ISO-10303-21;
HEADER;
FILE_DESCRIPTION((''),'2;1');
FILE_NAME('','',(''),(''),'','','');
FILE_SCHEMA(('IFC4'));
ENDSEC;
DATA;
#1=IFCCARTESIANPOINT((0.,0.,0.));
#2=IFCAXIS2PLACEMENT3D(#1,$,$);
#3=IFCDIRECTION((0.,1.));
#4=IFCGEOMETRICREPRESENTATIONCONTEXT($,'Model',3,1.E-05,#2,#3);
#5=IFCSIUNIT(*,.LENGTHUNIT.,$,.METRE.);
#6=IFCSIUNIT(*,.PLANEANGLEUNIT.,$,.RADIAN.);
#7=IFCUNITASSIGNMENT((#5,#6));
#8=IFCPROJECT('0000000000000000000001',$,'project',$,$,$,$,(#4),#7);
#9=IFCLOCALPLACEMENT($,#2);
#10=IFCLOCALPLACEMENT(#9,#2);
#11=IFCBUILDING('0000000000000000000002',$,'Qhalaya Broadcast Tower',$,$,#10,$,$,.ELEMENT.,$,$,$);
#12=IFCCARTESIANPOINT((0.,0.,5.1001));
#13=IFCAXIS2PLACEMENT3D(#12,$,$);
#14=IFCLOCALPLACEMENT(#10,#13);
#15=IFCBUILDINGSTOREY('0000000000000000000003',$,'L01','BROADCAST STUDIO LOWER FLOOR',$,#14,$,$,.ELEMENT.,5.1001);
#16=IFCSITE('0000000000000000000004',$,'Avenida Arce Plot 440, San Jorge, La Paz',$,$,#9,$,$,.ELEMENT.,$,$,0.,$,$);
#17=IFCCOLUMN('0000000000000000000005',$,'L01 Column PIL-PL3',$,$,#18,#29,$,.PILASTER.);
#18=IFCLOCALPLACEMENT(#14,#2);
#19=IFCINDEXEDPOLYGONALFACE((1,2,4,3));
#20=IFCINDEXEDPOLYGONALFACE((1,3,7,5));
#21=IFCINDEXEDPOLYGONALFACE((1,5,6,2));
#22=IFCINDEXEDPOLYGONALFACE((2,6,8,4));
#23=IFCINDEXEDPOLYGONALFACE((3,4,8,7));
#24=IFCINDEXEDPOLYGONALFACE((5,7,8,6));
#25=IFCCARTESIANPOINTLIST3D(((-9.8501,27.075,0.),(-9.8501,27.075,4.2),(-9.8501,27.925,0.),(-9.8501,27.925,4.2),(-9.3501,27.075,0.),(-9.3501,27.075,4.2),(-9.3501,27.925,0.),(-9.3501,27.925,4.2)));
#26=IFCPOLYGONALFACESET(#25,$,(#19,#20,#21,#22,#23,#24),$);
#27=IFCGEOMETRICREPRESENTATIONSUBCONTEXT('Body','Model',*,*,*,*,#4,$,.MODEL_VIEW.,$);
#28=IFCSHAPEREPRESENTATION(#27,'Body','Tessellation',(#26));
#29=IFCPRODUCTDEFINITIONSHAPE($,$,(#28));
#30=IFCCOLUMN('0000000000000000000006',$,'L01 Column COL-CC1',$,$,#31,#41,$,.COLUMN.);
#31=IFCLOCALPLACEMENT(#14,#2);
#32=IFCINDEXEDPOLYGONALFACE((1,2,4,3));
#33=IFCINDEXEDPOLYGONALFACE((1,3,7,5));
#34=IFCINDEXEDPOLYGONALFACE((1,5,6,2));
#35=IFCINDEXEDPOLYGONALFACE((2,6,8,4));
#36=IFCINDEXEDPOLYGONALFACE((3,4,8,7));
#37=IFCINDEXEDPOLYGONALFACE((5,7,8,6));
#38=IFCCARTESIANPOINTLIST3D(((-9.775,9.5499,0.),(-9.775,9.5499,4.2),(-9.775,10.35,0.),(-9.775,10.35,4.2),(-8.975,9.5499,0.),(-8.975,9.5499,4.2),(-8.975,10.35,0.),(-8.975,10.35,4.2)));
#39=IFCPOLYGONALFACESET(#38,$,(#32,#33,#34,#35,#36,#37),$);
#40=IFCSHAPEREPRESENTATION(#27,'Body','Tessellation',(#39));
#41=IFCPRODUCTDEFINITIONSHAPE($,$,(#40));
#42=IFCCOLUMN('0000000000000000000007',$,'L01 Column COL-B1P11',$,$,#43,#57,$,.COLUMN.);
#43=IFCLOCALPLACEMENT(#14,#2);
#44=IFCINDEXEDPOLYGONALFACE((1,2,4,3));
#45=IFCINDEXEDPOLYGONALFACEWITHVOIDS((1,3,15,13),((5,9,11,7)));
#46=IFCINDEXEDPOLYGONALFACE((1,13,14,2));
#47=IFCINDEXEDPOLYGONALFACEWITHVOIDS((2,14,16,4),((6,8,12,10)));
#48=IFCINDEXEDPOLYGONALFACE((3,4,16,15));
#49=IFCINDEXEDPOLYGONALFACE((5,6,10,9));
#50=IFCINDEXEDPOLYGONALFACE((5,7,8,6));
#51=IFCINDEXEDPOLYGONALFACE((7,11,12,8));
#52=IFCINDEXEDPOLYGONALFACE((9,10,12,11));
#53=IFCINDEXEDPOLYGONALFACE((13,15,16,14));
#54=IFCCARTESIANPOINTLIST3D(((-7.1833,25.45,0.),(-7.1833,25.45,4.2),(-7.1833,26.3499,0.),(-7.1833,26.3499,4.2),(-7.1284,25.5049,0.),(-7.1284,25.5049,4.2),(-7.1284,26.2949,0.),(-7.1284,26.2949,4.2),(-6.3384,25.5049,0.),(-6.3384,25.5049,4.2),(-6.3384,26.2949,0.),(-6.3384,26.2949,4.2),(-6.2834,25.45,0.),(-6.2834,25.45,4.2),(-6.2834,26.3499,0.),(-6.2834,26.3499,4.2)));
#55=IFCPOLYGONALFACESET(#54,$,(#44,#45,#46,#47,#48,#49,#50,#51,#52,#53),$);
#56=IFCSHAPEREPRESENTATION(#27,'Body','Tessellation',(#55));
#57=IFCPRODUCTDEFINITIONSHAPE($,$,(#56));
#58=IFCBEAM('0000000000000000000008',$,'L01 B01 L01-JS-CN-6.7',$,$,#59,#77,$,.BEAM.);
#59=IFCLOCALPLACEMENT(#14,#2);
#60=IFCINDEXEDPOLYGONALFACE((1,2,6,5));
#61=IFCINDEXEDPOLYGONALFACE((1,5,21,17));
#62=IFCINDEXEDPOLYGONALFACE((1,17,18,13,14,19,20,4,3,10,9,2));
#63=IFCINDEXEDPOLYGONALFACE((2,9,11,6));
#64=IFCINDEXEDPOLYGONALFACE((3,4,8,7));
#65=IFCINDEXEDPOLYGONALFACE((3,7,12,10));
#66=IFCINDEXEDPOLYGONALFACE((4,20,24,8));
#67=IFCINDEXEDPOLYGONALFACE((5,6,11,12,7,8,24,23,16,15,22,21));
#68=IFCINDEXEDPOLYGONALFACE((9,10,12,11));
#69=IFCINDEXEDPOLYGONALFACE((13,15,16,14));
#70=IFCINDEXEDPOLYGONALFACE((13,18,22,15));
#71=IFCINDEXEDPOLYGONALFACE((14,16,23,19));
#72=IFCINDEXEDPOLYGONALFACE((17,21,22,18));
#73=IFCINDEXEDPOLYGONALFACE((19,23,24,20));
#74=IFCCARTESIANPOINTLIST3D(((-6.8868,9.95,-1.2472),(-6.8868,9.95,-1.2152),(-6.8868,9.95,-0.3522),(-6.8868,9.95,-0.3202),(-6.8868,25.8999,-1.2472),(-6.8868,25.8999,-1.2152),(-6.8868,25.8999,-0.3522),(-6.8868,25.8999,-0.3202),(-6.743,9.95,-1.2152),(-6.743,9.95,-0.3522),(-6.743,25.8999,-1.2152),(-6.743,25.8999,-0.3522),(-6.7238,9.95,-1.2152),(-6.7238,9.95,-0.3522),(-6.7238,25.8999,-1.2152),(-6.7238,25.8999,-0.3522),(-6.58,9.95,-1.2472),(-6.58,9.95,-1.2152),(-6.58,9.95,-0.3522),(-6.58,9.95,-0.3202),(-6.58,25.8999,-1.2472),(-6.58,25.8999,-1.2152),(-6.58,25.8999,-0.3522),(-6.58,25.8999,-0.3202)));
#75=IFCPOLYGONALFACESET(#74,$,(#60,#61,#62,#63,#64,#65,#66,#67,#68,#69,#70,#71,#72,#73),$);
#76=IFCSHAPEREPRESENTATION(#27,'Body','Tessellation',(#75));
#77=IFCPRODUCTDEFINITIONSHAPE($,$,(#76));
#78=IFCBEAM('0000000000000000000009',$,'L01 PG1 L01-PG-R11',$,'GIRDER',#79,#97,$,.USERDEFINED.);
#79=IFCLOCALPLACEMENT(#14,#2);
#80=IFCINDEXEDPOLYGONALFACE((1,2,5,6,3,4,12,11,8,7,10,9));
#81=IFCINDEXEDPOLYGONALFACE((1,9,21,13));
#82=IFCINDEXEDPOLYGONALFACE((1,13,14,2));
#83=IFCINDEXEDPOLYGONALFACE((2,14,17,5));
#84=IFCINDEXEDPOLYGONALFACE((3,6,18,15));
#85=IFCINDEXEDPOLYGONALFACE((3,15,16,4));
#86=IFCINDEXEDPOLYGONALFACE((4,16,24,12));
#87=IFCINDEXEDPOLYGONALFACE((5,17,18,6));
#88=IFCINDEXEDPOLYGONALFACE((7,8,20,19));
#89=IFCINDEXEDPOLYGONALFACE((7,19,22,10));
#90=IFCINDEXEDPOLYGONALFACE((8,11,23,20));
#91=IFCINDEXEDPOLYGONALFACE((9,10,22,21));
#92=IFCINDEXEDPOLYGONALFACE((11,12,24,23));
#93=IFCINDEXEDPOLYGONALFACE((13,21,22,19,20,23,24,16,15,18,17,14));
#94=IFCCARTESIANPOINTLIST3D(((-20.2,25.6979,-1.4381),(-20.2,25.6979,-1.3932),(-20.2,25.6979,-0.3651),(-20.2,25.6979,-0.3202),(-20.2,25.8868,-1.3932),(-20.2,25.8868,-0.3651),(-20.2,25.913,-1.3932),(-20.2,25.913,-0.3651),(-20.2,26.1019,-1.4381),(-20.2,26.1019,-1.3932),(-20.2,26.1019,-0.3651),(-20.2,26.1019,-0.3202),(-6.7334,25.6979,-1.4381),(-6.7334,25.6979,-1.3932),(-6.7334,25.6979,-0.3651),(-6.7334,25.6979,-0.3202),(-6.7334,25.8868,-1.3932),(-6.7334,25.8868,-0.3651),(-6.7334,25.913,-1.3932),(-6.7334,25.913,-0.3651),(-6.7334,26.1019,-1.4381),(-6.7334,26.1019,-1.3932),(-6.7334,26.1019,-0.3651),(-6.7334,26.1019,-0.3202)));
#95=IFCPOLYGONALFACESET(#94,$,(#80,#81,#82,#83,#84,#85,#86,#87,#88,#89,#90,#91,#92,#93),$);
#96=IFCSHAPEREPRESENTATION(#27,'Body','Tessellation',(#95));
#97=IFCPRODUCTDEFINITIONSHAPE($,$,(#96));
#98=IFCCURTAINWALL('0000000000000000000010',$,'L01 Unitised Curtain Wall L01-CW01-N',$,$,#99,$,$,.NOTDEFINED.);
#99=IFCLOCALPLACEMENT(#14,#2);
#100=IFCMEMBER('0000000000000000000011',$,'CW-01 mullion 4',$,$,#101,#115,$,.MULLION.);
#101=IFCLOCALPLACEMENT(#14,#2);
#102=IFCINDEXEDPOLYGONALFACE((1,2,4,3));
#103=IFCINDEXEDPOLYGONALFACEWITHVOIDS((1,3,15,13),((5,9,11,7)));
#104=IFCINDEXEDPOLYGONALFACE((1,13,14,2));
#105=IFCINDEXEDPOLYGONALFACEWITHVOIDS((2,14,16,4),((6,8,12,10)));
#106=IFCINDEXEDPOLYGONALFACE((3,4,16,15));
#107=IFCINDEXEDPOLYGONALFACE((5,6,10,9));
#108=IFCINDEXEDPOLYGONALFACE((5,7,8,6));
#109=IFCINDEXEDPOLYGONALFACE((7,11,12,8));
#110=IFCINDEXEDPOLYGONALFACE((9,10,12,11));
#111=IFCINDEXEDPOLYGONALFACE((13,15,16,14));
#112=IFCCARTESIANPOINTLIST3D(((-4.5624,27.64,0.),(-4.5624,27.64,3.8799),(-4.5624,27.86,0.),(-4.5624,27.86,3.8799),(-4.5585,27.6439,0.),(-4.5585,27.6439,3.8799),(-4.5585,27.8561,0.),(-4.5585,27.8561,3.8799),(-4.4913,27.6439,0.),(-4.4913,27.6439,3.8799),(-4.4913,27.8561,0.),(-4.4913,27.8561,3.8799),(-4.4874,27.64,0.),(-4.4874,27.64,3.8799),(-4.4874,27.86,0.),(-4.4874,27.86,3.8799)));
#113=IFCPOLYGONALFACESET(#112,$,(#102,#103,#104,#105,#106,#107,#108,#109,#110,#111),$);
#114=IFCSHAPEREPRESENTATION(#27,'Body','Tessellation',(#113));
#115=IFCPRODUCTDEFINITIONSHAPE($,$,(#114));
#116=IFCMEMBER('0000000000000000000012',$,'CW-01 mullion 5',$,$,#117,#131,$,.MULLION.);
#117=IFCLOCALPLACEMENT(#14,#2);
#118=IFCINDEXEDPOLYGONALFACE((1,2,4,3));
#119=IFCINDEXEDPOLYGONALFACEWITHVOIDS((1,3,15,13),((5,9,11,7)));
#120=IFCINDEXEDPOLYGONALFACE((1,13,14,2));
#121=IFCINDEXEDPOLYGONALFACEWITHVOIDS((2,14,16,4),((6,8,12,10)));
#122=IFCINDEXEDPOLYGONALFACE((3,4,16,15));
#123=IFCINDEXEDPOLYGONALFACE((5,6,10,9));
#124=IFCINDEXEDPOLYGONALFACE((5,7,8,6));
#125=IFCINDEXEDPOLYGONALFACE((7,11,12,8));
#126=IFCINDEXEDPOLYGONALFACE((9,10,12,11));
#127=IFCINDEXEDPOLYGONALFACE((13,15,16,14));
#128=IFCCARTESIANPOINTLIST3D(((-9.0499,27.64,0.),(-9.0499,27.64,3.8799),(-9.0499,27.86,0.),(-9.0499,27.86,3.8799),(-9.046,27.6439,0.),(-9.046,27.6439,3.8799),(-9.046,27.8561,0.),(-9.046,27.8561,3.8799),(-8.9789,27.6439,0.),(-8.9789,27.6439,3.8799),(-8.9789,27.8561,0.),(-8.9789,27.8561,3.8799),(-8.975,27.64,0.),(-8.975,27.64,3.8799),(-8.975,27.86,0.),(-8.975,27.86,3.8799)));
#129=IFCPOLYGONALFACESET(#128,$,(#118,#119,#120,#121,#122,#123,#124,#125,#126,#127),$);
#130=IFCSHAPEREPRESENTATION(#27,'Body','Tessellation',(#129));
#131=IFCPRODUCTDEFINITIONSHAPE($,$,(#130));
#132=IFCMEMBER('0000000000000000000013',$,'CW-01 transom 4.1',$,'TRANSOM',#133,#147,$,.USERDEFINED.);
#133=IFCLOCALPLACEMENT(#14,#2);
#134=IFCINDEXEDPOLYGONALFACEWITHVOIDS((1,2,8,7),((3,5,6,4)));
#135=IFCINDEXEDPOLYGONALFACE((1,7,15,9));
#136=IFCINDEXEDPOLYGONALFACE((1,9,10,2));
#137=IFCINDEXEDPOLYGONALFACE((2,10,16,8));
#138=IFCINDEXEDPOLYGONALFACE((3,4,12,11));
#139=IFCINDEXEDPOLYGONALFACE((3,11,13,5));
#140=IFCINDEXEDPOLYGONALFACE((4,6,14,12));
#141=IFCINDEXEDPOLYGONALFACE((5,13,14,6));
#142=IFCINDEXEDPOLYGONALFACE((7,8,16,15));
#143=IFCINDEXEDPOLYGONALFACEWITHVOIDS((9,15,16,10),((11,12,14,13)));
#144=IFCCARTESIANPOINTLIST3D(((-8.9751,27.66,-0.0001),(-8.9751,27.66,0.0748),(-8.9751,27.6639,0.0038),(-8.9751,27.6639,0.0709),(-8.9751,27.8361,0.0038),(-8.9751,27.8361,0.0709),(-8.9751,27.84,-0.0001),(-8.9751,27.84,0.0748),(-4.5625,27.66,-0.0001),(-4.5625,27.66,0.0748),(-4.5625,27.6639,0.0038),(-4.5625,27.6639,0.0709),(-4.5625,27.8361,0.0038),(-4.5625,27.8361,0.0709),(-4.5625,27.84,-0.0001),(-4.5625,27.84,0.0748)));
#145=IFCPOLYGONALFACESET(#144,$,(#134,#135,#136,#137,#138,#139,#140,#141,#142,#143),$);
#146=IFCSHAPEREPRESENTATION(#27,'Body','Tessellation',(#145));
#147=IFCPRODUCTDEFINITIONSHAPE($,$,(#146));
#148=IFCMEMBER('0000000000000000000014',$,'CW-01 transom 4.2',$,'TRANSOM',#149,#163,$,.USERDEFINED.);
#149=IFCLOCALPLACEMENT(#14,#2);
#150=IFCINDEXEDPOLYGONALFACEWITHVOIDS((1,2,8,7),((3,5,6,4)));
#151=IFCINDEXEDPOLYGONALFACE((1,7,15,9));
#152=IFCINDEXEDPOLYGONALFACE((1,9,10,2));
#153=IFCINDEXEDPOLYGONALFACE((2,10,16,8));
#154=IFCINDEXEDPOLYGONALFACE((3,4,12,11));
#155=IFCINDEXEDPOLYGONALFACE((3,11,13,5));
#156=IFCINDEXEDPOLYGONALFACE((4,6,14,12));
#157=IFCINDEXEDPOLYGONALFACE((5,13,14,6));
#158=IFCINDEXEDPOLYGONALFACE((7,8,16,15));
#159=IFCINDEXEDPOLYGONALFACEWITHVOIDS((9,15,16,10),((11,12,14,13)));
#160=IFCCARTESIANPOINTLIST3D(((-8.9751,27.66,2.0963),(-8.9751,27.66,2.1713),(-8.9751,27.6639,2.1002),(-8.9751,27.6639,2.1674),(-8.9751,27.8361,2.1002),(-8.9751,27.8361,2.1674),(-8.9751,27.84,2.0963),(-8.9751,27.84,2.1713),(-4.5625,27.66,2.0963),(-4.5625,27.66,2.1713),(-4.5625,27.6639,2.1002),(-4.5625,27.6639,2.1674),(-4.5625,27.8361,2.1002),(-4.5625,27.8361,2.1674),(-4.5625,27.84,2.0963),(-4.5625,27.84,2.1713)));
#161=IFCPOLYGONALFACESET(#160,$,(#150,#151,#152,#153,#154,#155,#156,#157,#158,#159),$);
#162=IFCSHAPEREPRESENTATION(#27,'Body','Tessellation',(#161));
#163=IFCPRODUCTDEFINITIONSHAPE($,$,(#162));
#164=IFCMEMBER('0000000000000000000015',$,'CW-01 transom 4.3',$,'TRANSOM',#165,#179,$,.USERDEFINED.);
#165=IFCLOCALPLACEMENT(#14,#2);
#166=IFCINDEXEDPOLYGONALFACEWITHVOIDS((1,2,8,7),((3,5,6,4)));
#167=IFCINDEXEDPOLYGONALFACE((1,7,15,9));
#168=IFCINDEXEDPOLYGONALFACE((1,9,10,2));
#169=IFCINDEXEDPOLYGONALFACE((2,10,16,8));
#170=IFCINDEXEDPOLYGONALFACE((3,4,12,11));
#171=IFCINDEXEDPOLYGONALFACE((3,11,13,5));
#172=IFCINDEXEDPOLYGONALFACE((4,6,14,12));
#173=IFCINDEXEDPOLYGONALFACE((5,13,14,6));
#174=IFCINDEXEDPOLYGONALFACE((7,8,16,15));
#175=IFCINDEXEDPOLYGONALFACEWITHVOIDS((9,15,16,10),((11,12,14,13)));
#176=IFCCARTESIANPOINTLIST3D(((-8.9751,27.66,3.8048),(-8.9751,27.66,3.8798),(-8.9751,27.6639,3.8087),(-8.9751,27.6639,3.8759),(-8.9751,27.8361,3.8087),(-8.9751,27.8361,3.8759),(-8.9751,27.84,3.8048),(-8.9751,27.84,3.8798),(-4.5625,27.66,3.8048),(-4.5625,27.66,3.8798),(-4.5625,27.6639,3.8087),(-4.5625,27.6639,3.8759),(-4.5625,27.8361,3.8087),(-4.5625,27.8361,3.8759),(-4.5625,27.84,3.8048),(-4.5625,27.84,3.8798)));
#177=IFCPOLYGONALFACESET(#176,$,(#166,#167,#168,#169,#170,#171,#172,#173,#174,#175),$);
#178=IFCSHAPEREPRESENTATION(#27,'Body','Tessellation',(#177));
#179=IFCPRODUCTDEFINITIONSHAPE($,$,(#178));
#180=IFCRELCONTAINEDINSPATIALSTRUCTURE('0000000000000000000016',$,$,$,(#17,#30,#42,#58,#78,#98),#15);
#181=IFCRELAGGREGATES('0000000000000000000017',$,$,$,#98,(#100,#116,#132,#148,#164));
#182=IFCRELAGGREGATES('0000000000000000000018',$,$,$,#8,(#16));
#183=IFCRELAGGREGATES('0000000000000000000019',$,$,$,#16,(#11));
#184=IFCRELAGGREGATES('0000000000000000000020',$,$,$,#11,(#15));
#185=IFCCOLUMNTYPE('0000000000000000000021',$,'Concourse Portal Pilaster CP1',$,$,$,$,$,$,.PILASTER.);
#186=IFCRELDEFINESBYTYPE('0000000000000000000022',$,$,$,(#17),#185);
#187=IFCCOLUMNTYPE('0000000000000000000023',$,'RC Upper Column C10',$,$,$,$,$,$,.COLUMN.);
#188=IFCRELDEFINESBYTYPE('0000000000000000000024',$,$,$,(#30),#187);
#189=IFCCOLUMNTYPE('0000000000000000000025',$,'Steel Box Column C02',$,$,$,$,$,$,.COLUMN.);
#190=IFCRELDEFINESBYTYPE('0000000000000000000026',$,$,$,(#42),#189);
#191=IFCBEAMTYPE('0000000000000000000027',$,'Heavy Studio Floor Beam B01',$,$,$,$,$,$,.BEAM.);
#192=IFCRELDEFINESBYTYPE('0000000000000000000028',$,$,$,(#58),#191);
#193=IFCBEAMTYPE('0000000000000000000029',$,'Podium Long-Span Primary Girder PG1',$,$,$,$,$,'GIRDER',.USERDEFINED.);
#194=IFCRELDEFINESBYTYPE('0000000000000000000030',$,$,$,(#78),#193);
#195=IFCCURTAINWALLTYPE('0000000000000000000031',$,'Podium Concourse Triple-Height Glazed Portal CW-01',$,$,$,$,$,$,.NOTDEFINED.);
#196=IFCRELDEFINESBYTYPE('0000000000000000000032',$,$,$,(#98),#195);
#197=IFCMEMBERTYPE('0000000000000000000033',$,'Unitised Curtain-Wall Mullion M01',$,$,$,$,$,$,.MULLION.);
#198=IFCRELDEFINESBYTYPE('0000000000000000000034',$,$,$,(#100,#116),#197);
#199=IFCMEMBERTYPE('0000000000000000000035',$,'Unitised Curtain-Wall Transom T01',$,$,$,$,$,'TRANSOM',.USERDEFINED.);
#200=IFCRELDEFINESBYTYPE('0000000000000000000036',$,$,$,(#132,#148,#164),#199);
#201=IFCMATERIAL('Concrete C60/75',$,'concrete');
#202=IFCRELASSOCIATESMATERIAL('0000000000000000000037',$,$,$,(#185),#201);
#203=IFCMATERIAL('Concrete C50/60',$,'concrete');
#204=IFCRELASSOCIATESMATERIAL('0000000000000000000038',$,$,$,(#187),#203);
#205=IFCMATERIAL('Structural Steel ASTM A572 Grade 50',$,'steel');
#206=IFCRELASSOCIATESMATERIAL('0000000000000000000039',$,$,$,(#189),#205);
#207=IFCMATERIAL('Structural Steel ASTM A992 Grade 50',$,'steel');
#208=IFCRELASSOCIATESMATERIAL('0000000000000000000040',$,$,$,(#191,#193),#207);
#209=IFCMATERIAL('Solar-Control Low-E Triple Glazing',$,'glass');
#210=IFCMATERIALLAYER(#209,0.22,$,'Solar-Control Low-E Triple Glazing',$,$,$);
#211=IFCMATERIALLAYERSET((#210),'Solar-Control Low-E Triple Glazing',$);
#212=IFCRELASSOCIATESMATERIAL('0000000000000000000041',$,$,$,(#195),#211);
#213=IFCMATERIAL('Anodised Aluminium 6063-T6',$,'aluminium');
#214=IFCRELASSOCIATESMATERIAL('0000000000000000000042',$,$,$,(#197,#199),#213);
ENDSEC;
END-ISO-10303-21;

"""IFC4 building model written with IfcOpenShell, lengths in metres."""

from ifc_helpers import new_model, si_unit, direction, frame, origin, origin_2d, place, context, subcontext, project, spatial, rectangle, hollow_rectangle, i_section, extrude, material, layer, layer_set, material_profile, profile_set, type_object, element, aggregate, save


model = new_model("IFC4")

# Units and contexts
model_context = context("Model", 3, precision=1e-05, world=origin(), true_north=direction((0.0, 1.0)))
body_context = subcontext(model_context, "Body", "Model", "MODEL_VIEW")
ifc_project = project(units=[si_unit("LENGTHUNIT", "METRE"), si_unit("PLANEANGLEUNIT", "RADIAN")], contexts=[model_context])

# Site, building, storey
site_placement = place(None, origin())
site = spatial("IfcSite", under=ifc_project, at=site_placement, Name="Avenida Arce Plot 440, San Jorge, La Paz", CompositionType="ELEMENT", RefElevation=0.0)
building_placement = place(site_placement, origin())
building = spatial("IfcBuilding", under=site, at=building_placement, Name="Qhalaya Broadcast Tower", CompositionType="ELEMENT")
storey_placement = place(building_placement, frame((0.0, 0.0, 5.1001)))
storey = spatial("IfcBuildingStorey", under=building, at=storey_placement, Name="L01", Description="BROADCAST STUDIO LOWER FLOOR", CompositionType="ELEMENT", Elevation=5.1001)

# Columns
ifc_material_1 = material(Name="Concrete C60/75", Category="concrete")
ifc_material_profile_1 = material_profile(ifc_material_1, rectangle(XDim=0.5, YDim=0.8501, at=origin_2d()), Name="RC-PIL 500x850")
ifc_profile_set_1 = profile_set([ifc_material_profile_1], Name="Concrete C60/75")
column_type_1 = type_object("IfcColumnType", Name="Concourse Portal Pilaster CP1", PredefinedType="PILASTER", material=ifc_profile_set_1)
column_1_placement = place(storey_placement, frame((-9.6001, 27.5, 0.0), z_axis=(0.0, 0.0, 1.0), x_axis=(1.0, 0.0, 0.0)))
element("IfcColumn", 1, at=column_1_placement, inside=storey, type_object=column_type_1, Name="L01 Column PIL-PL3", PredefinedType="PILASTER", context=body_context, shape_type="SweptSolid", body=[
    extrude(rectangle(XDim=0.5, YDim=0.8501, at=origin_2d()), origin(), (0.0, 0.0, 1.0), 4.2),
])
ifc_material_2 = material(Name="Concrete C50/60", Category="concrete")
ifc_material_profile_2 = material_profile(ifc_material_2, rectangle(XDim=0.8, YDim=0.8, at=origin_2d()), Name="RC-COL 800x800")
ifc_profile_set_2 = profile_set([ifc_material_profile_2], Name="Concrete C50/60")
column_type_2 = type_object("IfcColumnType", Name="RC Upper Column C10", PredefinedType="COLUMN", material=ifc_profile_set_2)
column_2_placement = place(storey_placement, frame((-9.375, 9.95, 0.0), z_axis=(0.0, 0.0, 1.0), x_axis=(1.0, 0.0, 0.0)))
element("IfcColumn", 2, at=column_2_placement, inside=storey, type_object=column_type_2, Name="L01 Column COL-CC1", PredefinedType="COLUMN", context=body_context, shape_type="SweptSolid", body=[
    extrude(rectangle(XDim=0.8, YDim=0.8, at=origin_2d()), origin(), (0.0, 0.0, 1.0), 4.2),
])
ifc_material_3 = material(Name="Structural Steel ASTM A572 Grade 50", Category="steel")
ifc_material_profile_3 = material_profile(ifc_material_3, hollow_rectangle(XDim=0.8999, YDim=0.8999, WallThickness=0.0549, at=origin_2d()), Name="BOX 900x900x55")
ifc_profile_set_3 = profile_set([ifc_material_profile_3], Name="Structural Steel ASTM A572 Grade 50")
column_type_3 = type_object("IfcColumnType", Name="Steel Box Column C02", PredefinedType="COLUMN", material=ifc_profile_set_3)
column_3_placement = place(storey_placement, frame((-6.7334, 25.8999, 0.0), z_axis=(0.0, 0.0, 1.0), x_axis=(1.0, 0.0, 0.0)))
element("IfcColumn", 3, at=column_3_placement, inside=storey, type_object=column_type_3, Name="L01 Column COL-B1P11", PredefinedType="COLUMN", context=body_context, shape_type="SweptSolid", body=[
    extrude(hollow_rectangle(XDim=0.8999, YDim=0.8999, WallThickness=0.0549, at=origin_2d()), origin(), (0.0, 0.0, 1.0), 4.2),
])

# Beams
ifc_material_4 = material(Name="Structural Steel ASTM A992 Grade 50", Category="steel")
ifc_material_profile_4 = material_profile(ifc_material_4, i_section(OverallWidth=0.3069, OverallDepth=0.927, WebThickness=0.0193, FlangeThickness=0.032, at=origin_2d()), Name="W36X194")
ifc_profile_set_4 = profile_set([ifc_material_profile_4], Name="Structural Steel ASTM A992 Grade 50")
beam_type_1 = type_object("IfcBeamType", Name="Heavy Studio Floor Beam B01", PredefinedType="BEAM", material=ifc_profile_set_4)
beam_1_placement = place(storey_placement, frame((-6.7334, 9.95, -0.7837), z_axis=(0.0, 1.0, 0.0), x_axis=(-1.0, 0.0, 0.0)))
element("IfcBeam", 4, at=beam_1_placement, inside=storey, type_object=beam_type_1, Name="L01 B01 L01-JS-CN-6.7", PredefinedType="BEAM", context=body_context, shape_type="SweptSolid", body=[
    extrude(i_section(OverallWidth=0.3069, OverallDepth=0.927, WebThickness=0.0193, FlangeThickness=0.032, at=origin_2d()), origin(), (0.0, 0.0, 1.0), 15.95),
])
ifc_material_profile_5 = material_profile(ifc_material_4, i_section(OverallWidth=0.4041, OverallDepth=1.1179, WebThickness=0.0261, FlangeThickness=0.0449, at=origin_2d()), Name="W44X335")
ifc_profile_set_5 = profile_set([ifc_material_profile_5], Name="Structural Steel ASTM A992 Grade 50")
beam_type_2 = type_object("IfcBeamType", Name="Podium Long-Span Primary Girder PG1", ElementType="GIRDER", PredefinedType="USERDEFINED", material=ifc_profile_set_5)
beam_2_placement = place(storey_placement, frame((-6.7334, 25.8999, -0.8792), z_axis=(-1.0, 0.0, 0.0), x_axis=(0.0, -1.0, 0.0)))
element("IfcBeam", 5, at=beam_2_placement, inside=storey, type_object=beam_type_2, Name="L01 PG1 L01-PG-R11", ObjectType="GIRDER", PredefinedType="USERDEFINED", context=body_context, shape_type="SweptSolid", body=[
    extrude(i_section(OverallWidth=0.4041, OverallDepth=1.1179, WebThickness=0.0261, FlangeThickness=0.0449, at=origin_2d()), origin(), (0.0, 0.0, 1.0), 13.4666),
])

# Curtain wall, members
ifc_material_5 = material(Name="Solar-Control Low-E Triple Glazing", Category="glass")
ifc_layer_1 = layer(ifc_material_5, 0.22, Name="Solar-Control Low-E Triple Glazing")
ifc_layer_set_1 = layer_set([ifc_layer_1], Name="Solar-Control Low-E Triple Glazing")
curtain_wall_type = type_object("IfcCurtainWallType", Name="Podium Concourse Triple-Height Glazed Portal CW-01", PredefinedType="NOTDEFINED", material=ifc_layer_set_1)
curtain_wall_placement = place(storey_placement, origin())
curtain_wall = element("IfcCurtainWall", 6, at=curtain_wall_placement, inside=storey, type_object=curtain_wall_type, Name="L01 Unitised Curtain Wall L01-CW01-N", PredefinedType="NOTDEFINED")
ifc_material_6 = material(Name="Anodised Aluminium 6063-T6", Category="aluminium")
ifc_material_profile_6 = material_profile(ifc_material_6, hollow_rectangle(XDim=0.075, YDim=0.22, WallThickness=0.0039, at=origin_2d()), Name="ALU-MUL 75x220x4")
ifc_profile_set_6 = profile_set([ifc_material_profile_6], Name="Anodised Aluminium 6063-T6")
member_type_1 = type_object("IfcMemberType", Name="Unitised Curtain-Wall Mullion M01", PredefinedType="MULLION", material=ifc_profile_set_6)
member_1_placement = place(storey_placement, frame((-4.5249, 27.75, 0.0), z_axis=(0.0, 0.0, 1.0), x_axis=(-1.0, 0.0, 0.0)))
member_1 = element("IfcMember", 7, at=member_1_placement, type_object=member_type_1, Name="CW-01 mullion 4", PredefinedType="MULLION", context=body_context, shape_type="SweptSolid", body=[
    extrude(hollow_rectangle(XDim=0.075, YDim=0.22, WallThickness=0.0039, at=origin_2d()), origin(), (0.0, 0.0, 1.0), 3.8799),
])
member_2_placement = place(storey_placement, frame((-9.0125, 27.75, 0.0), z_axis=(0.0, 0.0, 1.0), x_axis=(-1.0, 0.0, 0.0)))
member_2 = element("IfcMember", 8, at=member_2_placement, type_object=member_type_1, Name="CW-01 mullion 5", PredefinedType="MULLION", context=body_context, shape_type="SweptSolid", body=[
    extrude(hollow_rectangle(XDim=0.075, YDim=0.22, WallThickness=0.0039, at=origin_2d()), origin(), (0.0, 0.0, 1.0), 3.8799),
])
ifc_material_profile_7 = material_profile(ifc_material_6, hollow_rectangle(XDim=0.075, YDim=0.1799, WallThickness=0.0039, at=origin_2d()), Name="ALU-TRN 75x180x4")
ifc_profile_set_7 = profile_set([ifc_material_profile_7], Name="Anodised Aluminium 6063-T6")
member_type_2 = type_object("IfcMemberType", Name="Unitised Curtain-Wall Transom T01", ElementType="TRANSOM", PredefinedType="USERDEFINED", material=ifc_profile_set_7)
member_3_placement = place(storey_placement, frame((-4.5625, 27.75, 0.0374), z_axis=(-1.0, 0.0, 0.0), x_axis=(0.0, 0.0, 1.0)))
member_3 = element("IfcMember", 9, at=member_3_placement, type_object=member_type_2, Name="CW-01 transom 4.1", ObjectType="TRANSOM", PredefinedType="USERDEFINED", context=body_context, shape_type="SweptSolid", body=[
    extrude(hollow_rectangle(XDim=0.075, YDim=0.1799, WallThickness=0.0039, at=origin_2d()), origin(), (0.0, 0.0, 1.0), 4.4126),
])
member_4_placement = place(storey_placement, frame((-4.5625, 27.75, 2.1338), z_axis=(-1.0, 0.0, 0.0), x_axis=(0.0, 0.0, 1.0)))
member_4 = element("IfcMember", 10, at=member_4_placement, type_object=member_type_2, Name="CW-01 transom 4.2", ObjectType="TRANSOM", PredefinedType="USERDEFINED", context=body_context, shape_type="SweptSolid", body=[
    extrude(hollow_rectangle(XDim=0.075, YDim=0.1799, WallThickness=0.0039, at=origin_2d()), origin(), (0.0, 0.0, 1.0), 4.4126),
])
member_5_placement = place(storey_placement, frame((-4.5625, 27.75, 3.8423), z_axis=(-1.0, 0.0, 0.0), x_axis=(0.0, 0.0, 1.0)))
member_5 = element("IfcMember", 11, at=member_5_placement, type_object=member_type_2, Name="CW-01 transom 4.3", ObjectType="TRANSOM", PredefinedType="USERDEFINED", context=body_context, shape_type="SweptSolid", body=[
    extrude(hollow_rectangle(XDim=0.075, YDim=0.1799, WallThickness=0.0039, at=origin_2d()), origin(), (0.0, 0.0, 1.0), 4.4126),
])
aggregate(curtain_wall, [member_1, member_2, member_3, member_4, member_5])

save(model, "model.ifc")
